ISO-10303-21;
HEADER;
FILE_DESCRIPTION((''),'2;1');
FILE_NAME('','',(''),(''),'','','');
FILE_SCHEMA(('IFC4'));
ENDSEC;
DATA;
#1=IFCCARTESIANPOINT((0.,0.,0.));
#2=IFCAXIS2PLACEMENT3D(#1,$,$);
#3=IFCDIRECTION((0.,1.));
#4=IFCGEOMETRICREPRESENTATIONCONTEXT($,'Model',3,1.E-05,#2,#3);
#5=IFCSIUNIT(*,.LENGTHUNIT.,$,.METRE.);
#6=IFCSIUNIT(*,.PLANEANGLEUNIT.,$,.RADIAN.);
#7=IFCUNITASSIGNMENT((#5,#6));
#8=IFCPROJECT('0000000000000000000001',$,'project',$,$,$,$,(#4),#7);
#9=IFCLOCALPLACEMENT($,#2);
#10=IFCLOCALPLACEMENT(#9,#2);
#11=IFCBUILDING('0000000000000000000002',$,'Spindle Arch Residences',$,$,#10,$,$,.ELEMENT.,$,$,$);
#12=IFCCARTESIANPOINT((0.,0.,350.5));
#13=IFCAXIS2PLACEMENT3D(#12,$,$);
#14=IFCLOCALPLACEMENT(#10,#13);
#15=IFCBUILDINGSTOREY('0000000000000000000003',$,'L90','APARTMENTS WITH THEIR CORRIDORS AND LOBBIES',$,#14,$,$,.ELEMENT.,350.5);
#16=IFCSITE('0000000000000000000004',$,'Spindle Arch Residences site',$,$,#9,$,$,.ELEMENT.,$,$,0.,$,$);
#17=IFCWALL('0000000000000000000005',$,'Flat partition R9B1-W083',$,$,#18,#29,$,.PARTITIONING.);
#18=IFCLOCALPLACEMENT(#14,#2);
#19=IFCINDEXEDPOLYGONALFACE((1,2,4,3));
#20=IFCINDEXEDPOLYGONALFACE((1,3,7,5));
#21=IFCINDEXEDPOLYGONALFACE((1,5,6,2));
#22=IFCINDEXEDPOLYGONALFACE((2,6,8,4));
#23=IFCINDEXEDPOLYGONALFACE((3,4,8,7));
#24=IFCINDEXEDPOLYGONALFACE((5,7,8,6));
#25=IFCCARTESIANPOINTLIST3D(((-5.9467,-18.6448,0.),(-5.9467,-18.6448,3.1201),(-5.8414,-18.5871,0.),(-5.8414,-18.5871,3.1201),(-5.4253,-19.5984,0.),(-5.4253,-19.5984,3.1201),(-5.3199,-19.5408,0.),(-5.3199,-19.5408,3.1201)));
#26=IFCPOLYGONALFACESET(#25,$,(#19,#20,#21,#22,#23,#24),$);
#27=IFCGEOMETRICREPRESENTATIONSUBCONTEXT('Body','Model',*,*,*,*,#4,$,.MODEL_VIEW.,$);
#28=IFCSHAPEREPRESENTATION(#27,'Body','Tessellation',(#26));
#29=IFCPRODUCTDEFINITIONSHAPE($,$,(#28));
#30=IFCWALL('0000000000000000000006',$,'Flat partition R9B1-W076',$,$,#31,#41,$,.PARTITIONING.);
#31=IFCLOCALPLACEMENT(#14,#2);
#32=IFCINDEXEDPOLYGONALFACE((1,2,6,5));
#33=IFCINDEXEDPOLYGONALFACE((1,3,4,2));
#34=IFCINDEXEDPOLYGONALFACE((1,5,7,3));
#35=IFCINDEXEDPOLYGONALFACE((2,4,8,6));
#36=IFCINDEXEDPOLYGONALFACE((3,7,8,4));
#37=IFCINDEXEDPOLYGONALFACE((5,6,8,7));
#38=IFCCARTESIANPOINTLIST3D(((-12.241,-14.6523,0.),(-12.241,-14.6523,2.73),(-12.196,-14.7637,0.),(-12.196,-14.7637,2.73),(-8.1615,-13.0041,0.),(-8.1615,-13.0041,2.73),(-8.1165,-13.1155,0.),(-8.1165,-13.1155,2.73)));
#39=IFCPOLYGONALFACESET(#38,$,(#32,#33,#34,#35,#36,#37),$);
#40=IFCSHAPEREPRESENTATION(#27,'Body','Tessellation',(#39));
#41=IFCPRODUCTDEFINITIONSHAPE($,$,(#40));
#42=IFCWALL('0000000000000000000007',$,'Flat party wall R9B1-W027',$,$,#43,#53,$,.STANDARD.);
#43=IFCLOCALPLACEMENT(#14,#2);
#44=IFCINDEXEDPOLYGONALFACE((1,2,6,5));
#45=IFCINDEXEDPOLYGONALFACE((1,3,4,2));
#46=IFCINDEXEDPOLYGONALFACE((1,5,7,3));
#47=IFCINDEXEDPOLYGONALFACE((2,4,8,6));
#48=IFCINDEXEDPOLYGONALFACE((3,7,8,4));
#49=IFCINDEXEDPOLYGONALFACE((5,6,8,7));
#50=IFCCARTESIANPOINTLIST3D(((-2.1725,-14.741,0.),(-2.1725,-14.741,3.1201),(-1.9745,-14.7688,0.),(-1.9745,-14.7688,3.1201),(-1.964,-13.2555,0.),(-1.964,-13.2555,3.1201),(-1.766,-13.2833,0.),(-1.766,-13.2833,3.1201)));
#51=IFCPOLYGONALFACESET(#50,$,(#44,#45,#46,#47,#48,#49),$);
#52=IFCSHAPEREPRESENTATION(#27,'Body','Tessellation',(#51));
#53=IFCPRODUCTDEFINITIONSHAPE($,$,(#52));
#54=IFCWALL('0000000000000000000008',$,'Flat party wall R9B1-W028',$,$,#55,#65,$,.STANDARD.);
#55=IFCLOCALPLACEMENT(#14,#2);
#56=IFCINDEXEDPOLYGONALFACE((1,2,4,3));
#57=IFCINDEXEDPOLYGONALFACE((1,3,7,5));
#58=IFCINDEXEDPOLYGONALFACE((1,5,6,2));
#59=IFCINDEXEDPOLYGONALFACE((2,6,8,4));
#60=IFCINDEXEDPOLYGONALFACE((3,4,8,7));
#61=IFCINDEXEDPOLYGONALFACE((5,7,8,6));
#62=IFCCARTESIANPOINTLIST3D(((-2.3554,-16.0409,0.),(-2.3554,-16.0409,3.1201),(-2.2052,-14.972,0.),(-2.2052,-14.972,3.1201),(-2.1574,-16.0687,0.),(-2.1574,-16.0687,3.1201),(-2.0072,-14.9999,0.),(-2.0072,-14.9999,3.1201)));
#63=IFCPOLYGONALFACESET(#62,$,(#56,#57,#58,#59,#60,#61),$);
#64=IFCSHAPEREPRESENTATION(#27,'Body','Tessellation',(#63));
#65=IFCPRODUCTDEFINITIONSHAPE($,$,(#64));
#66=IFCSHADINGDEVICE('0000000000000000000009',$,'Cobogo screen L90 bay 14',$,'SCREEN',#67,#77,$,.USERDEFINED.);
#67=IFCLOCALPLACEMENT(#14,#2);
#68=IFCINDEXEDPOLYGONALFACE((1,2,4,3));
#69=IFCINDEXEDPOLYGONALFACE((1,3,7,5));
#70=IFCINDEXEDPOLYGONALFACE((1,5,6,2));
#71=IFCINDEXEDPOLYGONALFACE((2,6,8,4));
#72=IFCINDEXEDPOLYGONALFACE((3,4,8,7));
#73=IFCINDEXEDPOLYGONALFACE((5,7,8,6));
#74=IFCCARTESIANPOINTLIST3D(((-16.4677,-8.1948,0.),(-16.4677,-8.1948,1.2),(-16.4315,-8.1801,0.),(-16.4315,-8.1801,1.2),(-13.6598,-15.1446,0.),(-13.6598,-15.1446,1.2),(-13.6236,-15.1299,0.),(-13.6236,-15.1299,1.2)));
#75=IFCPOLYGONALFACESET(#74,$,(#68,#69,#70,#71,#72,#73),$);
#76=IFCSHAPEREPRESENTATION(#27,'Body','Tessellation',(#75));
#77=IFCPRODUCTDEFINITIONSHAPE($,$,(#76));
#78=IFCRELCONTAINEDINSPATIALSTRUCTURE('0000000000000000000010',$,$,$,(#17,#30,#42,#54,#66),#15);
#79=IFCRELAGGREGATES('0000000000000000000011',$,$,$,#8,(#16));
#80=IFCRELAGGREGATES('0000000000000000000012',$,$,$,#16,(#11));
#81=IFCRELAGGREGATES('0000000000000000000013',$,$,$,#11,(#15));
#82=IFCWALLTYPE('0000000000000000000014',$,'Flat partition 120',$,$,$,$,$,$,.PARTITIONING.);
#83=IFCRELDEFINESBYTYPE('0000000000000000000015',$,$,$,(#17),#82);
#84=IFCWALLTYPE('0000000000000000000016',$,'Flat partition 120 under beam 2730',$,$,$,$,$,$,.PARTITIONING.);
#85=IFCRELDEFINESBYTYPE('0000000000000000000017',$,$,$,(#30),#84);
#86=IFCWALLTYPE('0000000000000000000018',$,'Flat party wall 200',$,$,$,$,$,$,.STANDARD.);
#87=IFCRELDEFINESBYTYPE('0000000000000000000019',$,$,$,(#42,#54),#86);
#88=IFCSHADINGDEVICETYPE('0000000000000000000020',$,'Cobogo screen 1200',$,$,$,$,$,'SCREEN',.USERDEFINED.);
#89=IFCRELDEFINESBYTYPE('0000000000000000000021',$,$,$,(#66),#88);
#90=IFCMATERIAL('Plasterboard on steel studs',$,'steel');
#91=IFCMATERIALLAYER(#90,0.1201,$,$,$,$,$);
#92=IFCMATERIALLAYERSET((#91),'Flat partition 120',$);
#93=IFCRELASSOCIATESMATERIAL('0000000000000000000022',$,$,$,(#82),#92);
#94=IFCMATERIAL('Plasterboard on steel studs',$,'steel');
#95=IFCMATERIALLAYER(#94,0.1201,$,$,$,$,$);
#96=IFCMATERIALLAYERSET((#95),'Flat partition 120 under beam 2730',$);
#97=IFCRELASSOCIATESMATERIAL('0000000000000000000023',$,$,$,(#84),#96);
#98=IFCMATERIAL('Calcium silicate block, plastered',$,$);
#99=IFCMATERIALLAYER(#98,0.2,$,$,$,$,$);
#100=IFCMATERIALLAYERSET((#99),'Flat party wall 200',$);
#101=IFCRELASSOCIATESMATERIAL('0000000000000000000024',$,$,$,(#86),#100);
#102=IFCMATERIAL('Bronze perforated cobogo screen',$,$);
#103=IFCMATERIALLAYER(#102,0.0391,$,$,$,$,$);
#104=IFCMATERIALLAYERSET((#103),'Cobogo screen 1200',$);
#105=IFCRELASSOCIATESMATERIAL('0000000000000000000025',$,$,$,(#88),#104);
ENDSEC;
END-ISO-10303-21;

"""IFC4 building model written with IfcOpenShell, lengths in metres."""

from ifc_helpers import new_model, si_unit, direction, frame, frame_2d, origin, origin_2d, place, context, subcontext, project, spatial, rectangle, extrude, material, layer, layer_set, type_object, element, save


model = new_model("IFC4")

# Units and contexts
model_context = context("Model", 3, precision=1e-05, world=origin(), true_north=direction((0.0, 1.0)))
body_context = subcontext(model_context, "Body", "Model", "MODEL_VIEW")
ifc_project = project(units=[si_unit("LENGTHUNIT", "METRE"), si_unit("PLANEANGLEUNIT", "RADIAN")], contexts=[model_context])

# Site, building, storey
site_placement = place(None, origin())
site = spatial("IfcSite", under=ifc_project, at=site_placement, Name="Spindle Arch Residences site", CompositionType="ELEMENT", RefElevation=0.0)
building_placement = place(site_placement, origin())
building = spatial("IfcBuilding", under=site, at=building_placement, Name="Spindle Arch Residences", CompositionType="ELEMENT")
storey_placement = place(building_placement, frame((0.0, 0.0, 350.5)))
storey = spatial("IfcBuildingStorey", under=building, at=storey_placement, Name="L90", Description="APARTMENTS WITH THEIR CORRIDORS AND LOBBIES", CompositionType="ELEMENT", Elevation=350.5)

# Shared definitions
ifc_material_1 = material(Name="Plasterboard on steel studs", Category="steel")
ifc_layer_1 = layer(ifc_material_1, 0.1201)
ifc_layer_set_1 = layer_set([ifc_layer_1], Name="Flat partition 120")
wall_type_1 = type_object("IfcWallType", Name="Flat partition 120", PredefinedType="PARTITIONING", material=ifc_layer_set_1)

# Walls
wall_1_placement = place(storey_placement, frame((-5.3726, -19.5696, 0.0), z_axis=(0.0, 0.0, 1.0), x_axis=(-0.479796, 0.87738, 0.0)))
element("IfcWall", 1, at=wall_1_placement, inside=storey, type_object=wall_type_1, Name="Flat partition R9B1-W083", PredefinedType="PARTITIONING", context=body_context, shape_type="SweptSolid", body=[
    extrude(rectangle(XDim=1.0869, YDim=0.1201, at=frame_2d((0.5435, 0.0))), origin(), (0.0, 0.0, 1.0), 3.1201),
])
ifc_material_2 = material(Name="Plasterboard on steel studs", Category="steel")
ifc_layer_2 = layer(ifc_material_2, 0.1201)
ifc_layer_set_2 = layer_set([ifc_layer_2], Name="Flat partition 120 under beam 2730")
wall_type_2 = type_object("IfcWallType", Name="Flat partition 120 under beam 2730", PredefinedType="PARTITIONING", material=ifc_layer_set_2)
wall_2_placement = place(storey_placement, frame((-12.2185, -14.708, 0.0), z_axis=(0.0, 0.0, 1.0), x_axis=(0.927189, 0.374593, 0.0)))
element("IfcWall", 2, at=wall_2_placement, inside=storey, type_object=wall_type_2, Name="Flat partition R9B1-W076", PredefinedType="PARTITIONING", context=body_context, shape_type="SweptSolid", body=[
    extrude(rectangle(XDim=4.3999, YDim=0.1201, at=frame_2d((2.2, 0.0))), origin(), (0.0, 0.0, 1.0), 2.73),
])
ifc_material_3 = material(Name="Calcium silicate block, plastered")
ifc_layer_3 = layer(ifc_material_3, 0.2)
ifc_layer_set_3 = layer_set([ifc_layer_3], Name="Flat party wall 200")
wall_type_3 = type_object("IfcWallType", Name="Flat party wall 200", PredefinedType="STANDARD", material=ifc_layer_set_3)
wall_3_placement = place(storey_placement, frame((-2.0735, -14.7549, 0.0), z_axis=(0.0, 0.0, 1.0), x_axis=(0.139005, 0.990292, 0.0)))
element("IfcWall", 3, at=wall_3_placement, inside=storey, type_object=wall_type_3, Name="Flat party wall R9B1-W027", PredefinedType="STANDARD", context=body_context, shape_type="SweptSolid", body=[
    extrude(rectangle(XDim=1.5, YDim=0.2, at=frame_2d((0.75, 0.0))), origin(), (0.0, 0.0, 1.0), 3.1201),
])
wall_4_placement = place(storey_placement, frame((-2.2563, -16.0547, 0.0), z_axis=(0.0, 0.0, 1.0), x_axis=(0.139109, 0.990277, 0.0)))
element("IfcWall", 4, at=wall_4_placement, inside=storey, type_object=wall_type_3, Name="Flat party wall R9B1-W028", PredefinedType="STANDARD", context=body_context, shape_type="SweptSolid", body=[
    extrude(rectangle(XDim=1.0793, YDim=0.2, at=frame_2d((0.5396, 0.0))), origin(), (0.0, 0.0, 1.0), 3.1201),
])

# Shading device
ifc_material_4 = material(Name="Bronze perforated cobogo screen")
ifc_layer_4 = layer(ifc_material_4, 0.0391)
ifc_layer_set_4 = layer_set([ifc_layer_4], Name="Cobogo screen 1200")
shading_device_type = type_object("IfcShadingDeviceType", Name="Cobogo screen 1200", ElementType="SCREEN", PredefinedType="USERDEFINED", material=ifc_layer_set_4)
shading_device_placement = place(storey_placement, frame((-15.0457, -11.6624, 0.0), z_axis=(0.0, 0.0, 1.0), x_axis=(0.374607, -0.927184, 0.0)))
element("IfcShadingDevice", 5, at=shading_device_placement, inside=storey, type_object=shading_device_type, Name="Cobogo screen L90 bay 14", ObjectType="SCREEN", PredefinedType="USERDEFINED", context=body_context, shape_type="SweptSolid", body=[
    extrude(rectangle(XDim=7.4956, YDim=0.0391, at=origin_2d()), origin(), (0.0, 0.0, 1.0), 1.2),
])

save(model, "model.ifc")
